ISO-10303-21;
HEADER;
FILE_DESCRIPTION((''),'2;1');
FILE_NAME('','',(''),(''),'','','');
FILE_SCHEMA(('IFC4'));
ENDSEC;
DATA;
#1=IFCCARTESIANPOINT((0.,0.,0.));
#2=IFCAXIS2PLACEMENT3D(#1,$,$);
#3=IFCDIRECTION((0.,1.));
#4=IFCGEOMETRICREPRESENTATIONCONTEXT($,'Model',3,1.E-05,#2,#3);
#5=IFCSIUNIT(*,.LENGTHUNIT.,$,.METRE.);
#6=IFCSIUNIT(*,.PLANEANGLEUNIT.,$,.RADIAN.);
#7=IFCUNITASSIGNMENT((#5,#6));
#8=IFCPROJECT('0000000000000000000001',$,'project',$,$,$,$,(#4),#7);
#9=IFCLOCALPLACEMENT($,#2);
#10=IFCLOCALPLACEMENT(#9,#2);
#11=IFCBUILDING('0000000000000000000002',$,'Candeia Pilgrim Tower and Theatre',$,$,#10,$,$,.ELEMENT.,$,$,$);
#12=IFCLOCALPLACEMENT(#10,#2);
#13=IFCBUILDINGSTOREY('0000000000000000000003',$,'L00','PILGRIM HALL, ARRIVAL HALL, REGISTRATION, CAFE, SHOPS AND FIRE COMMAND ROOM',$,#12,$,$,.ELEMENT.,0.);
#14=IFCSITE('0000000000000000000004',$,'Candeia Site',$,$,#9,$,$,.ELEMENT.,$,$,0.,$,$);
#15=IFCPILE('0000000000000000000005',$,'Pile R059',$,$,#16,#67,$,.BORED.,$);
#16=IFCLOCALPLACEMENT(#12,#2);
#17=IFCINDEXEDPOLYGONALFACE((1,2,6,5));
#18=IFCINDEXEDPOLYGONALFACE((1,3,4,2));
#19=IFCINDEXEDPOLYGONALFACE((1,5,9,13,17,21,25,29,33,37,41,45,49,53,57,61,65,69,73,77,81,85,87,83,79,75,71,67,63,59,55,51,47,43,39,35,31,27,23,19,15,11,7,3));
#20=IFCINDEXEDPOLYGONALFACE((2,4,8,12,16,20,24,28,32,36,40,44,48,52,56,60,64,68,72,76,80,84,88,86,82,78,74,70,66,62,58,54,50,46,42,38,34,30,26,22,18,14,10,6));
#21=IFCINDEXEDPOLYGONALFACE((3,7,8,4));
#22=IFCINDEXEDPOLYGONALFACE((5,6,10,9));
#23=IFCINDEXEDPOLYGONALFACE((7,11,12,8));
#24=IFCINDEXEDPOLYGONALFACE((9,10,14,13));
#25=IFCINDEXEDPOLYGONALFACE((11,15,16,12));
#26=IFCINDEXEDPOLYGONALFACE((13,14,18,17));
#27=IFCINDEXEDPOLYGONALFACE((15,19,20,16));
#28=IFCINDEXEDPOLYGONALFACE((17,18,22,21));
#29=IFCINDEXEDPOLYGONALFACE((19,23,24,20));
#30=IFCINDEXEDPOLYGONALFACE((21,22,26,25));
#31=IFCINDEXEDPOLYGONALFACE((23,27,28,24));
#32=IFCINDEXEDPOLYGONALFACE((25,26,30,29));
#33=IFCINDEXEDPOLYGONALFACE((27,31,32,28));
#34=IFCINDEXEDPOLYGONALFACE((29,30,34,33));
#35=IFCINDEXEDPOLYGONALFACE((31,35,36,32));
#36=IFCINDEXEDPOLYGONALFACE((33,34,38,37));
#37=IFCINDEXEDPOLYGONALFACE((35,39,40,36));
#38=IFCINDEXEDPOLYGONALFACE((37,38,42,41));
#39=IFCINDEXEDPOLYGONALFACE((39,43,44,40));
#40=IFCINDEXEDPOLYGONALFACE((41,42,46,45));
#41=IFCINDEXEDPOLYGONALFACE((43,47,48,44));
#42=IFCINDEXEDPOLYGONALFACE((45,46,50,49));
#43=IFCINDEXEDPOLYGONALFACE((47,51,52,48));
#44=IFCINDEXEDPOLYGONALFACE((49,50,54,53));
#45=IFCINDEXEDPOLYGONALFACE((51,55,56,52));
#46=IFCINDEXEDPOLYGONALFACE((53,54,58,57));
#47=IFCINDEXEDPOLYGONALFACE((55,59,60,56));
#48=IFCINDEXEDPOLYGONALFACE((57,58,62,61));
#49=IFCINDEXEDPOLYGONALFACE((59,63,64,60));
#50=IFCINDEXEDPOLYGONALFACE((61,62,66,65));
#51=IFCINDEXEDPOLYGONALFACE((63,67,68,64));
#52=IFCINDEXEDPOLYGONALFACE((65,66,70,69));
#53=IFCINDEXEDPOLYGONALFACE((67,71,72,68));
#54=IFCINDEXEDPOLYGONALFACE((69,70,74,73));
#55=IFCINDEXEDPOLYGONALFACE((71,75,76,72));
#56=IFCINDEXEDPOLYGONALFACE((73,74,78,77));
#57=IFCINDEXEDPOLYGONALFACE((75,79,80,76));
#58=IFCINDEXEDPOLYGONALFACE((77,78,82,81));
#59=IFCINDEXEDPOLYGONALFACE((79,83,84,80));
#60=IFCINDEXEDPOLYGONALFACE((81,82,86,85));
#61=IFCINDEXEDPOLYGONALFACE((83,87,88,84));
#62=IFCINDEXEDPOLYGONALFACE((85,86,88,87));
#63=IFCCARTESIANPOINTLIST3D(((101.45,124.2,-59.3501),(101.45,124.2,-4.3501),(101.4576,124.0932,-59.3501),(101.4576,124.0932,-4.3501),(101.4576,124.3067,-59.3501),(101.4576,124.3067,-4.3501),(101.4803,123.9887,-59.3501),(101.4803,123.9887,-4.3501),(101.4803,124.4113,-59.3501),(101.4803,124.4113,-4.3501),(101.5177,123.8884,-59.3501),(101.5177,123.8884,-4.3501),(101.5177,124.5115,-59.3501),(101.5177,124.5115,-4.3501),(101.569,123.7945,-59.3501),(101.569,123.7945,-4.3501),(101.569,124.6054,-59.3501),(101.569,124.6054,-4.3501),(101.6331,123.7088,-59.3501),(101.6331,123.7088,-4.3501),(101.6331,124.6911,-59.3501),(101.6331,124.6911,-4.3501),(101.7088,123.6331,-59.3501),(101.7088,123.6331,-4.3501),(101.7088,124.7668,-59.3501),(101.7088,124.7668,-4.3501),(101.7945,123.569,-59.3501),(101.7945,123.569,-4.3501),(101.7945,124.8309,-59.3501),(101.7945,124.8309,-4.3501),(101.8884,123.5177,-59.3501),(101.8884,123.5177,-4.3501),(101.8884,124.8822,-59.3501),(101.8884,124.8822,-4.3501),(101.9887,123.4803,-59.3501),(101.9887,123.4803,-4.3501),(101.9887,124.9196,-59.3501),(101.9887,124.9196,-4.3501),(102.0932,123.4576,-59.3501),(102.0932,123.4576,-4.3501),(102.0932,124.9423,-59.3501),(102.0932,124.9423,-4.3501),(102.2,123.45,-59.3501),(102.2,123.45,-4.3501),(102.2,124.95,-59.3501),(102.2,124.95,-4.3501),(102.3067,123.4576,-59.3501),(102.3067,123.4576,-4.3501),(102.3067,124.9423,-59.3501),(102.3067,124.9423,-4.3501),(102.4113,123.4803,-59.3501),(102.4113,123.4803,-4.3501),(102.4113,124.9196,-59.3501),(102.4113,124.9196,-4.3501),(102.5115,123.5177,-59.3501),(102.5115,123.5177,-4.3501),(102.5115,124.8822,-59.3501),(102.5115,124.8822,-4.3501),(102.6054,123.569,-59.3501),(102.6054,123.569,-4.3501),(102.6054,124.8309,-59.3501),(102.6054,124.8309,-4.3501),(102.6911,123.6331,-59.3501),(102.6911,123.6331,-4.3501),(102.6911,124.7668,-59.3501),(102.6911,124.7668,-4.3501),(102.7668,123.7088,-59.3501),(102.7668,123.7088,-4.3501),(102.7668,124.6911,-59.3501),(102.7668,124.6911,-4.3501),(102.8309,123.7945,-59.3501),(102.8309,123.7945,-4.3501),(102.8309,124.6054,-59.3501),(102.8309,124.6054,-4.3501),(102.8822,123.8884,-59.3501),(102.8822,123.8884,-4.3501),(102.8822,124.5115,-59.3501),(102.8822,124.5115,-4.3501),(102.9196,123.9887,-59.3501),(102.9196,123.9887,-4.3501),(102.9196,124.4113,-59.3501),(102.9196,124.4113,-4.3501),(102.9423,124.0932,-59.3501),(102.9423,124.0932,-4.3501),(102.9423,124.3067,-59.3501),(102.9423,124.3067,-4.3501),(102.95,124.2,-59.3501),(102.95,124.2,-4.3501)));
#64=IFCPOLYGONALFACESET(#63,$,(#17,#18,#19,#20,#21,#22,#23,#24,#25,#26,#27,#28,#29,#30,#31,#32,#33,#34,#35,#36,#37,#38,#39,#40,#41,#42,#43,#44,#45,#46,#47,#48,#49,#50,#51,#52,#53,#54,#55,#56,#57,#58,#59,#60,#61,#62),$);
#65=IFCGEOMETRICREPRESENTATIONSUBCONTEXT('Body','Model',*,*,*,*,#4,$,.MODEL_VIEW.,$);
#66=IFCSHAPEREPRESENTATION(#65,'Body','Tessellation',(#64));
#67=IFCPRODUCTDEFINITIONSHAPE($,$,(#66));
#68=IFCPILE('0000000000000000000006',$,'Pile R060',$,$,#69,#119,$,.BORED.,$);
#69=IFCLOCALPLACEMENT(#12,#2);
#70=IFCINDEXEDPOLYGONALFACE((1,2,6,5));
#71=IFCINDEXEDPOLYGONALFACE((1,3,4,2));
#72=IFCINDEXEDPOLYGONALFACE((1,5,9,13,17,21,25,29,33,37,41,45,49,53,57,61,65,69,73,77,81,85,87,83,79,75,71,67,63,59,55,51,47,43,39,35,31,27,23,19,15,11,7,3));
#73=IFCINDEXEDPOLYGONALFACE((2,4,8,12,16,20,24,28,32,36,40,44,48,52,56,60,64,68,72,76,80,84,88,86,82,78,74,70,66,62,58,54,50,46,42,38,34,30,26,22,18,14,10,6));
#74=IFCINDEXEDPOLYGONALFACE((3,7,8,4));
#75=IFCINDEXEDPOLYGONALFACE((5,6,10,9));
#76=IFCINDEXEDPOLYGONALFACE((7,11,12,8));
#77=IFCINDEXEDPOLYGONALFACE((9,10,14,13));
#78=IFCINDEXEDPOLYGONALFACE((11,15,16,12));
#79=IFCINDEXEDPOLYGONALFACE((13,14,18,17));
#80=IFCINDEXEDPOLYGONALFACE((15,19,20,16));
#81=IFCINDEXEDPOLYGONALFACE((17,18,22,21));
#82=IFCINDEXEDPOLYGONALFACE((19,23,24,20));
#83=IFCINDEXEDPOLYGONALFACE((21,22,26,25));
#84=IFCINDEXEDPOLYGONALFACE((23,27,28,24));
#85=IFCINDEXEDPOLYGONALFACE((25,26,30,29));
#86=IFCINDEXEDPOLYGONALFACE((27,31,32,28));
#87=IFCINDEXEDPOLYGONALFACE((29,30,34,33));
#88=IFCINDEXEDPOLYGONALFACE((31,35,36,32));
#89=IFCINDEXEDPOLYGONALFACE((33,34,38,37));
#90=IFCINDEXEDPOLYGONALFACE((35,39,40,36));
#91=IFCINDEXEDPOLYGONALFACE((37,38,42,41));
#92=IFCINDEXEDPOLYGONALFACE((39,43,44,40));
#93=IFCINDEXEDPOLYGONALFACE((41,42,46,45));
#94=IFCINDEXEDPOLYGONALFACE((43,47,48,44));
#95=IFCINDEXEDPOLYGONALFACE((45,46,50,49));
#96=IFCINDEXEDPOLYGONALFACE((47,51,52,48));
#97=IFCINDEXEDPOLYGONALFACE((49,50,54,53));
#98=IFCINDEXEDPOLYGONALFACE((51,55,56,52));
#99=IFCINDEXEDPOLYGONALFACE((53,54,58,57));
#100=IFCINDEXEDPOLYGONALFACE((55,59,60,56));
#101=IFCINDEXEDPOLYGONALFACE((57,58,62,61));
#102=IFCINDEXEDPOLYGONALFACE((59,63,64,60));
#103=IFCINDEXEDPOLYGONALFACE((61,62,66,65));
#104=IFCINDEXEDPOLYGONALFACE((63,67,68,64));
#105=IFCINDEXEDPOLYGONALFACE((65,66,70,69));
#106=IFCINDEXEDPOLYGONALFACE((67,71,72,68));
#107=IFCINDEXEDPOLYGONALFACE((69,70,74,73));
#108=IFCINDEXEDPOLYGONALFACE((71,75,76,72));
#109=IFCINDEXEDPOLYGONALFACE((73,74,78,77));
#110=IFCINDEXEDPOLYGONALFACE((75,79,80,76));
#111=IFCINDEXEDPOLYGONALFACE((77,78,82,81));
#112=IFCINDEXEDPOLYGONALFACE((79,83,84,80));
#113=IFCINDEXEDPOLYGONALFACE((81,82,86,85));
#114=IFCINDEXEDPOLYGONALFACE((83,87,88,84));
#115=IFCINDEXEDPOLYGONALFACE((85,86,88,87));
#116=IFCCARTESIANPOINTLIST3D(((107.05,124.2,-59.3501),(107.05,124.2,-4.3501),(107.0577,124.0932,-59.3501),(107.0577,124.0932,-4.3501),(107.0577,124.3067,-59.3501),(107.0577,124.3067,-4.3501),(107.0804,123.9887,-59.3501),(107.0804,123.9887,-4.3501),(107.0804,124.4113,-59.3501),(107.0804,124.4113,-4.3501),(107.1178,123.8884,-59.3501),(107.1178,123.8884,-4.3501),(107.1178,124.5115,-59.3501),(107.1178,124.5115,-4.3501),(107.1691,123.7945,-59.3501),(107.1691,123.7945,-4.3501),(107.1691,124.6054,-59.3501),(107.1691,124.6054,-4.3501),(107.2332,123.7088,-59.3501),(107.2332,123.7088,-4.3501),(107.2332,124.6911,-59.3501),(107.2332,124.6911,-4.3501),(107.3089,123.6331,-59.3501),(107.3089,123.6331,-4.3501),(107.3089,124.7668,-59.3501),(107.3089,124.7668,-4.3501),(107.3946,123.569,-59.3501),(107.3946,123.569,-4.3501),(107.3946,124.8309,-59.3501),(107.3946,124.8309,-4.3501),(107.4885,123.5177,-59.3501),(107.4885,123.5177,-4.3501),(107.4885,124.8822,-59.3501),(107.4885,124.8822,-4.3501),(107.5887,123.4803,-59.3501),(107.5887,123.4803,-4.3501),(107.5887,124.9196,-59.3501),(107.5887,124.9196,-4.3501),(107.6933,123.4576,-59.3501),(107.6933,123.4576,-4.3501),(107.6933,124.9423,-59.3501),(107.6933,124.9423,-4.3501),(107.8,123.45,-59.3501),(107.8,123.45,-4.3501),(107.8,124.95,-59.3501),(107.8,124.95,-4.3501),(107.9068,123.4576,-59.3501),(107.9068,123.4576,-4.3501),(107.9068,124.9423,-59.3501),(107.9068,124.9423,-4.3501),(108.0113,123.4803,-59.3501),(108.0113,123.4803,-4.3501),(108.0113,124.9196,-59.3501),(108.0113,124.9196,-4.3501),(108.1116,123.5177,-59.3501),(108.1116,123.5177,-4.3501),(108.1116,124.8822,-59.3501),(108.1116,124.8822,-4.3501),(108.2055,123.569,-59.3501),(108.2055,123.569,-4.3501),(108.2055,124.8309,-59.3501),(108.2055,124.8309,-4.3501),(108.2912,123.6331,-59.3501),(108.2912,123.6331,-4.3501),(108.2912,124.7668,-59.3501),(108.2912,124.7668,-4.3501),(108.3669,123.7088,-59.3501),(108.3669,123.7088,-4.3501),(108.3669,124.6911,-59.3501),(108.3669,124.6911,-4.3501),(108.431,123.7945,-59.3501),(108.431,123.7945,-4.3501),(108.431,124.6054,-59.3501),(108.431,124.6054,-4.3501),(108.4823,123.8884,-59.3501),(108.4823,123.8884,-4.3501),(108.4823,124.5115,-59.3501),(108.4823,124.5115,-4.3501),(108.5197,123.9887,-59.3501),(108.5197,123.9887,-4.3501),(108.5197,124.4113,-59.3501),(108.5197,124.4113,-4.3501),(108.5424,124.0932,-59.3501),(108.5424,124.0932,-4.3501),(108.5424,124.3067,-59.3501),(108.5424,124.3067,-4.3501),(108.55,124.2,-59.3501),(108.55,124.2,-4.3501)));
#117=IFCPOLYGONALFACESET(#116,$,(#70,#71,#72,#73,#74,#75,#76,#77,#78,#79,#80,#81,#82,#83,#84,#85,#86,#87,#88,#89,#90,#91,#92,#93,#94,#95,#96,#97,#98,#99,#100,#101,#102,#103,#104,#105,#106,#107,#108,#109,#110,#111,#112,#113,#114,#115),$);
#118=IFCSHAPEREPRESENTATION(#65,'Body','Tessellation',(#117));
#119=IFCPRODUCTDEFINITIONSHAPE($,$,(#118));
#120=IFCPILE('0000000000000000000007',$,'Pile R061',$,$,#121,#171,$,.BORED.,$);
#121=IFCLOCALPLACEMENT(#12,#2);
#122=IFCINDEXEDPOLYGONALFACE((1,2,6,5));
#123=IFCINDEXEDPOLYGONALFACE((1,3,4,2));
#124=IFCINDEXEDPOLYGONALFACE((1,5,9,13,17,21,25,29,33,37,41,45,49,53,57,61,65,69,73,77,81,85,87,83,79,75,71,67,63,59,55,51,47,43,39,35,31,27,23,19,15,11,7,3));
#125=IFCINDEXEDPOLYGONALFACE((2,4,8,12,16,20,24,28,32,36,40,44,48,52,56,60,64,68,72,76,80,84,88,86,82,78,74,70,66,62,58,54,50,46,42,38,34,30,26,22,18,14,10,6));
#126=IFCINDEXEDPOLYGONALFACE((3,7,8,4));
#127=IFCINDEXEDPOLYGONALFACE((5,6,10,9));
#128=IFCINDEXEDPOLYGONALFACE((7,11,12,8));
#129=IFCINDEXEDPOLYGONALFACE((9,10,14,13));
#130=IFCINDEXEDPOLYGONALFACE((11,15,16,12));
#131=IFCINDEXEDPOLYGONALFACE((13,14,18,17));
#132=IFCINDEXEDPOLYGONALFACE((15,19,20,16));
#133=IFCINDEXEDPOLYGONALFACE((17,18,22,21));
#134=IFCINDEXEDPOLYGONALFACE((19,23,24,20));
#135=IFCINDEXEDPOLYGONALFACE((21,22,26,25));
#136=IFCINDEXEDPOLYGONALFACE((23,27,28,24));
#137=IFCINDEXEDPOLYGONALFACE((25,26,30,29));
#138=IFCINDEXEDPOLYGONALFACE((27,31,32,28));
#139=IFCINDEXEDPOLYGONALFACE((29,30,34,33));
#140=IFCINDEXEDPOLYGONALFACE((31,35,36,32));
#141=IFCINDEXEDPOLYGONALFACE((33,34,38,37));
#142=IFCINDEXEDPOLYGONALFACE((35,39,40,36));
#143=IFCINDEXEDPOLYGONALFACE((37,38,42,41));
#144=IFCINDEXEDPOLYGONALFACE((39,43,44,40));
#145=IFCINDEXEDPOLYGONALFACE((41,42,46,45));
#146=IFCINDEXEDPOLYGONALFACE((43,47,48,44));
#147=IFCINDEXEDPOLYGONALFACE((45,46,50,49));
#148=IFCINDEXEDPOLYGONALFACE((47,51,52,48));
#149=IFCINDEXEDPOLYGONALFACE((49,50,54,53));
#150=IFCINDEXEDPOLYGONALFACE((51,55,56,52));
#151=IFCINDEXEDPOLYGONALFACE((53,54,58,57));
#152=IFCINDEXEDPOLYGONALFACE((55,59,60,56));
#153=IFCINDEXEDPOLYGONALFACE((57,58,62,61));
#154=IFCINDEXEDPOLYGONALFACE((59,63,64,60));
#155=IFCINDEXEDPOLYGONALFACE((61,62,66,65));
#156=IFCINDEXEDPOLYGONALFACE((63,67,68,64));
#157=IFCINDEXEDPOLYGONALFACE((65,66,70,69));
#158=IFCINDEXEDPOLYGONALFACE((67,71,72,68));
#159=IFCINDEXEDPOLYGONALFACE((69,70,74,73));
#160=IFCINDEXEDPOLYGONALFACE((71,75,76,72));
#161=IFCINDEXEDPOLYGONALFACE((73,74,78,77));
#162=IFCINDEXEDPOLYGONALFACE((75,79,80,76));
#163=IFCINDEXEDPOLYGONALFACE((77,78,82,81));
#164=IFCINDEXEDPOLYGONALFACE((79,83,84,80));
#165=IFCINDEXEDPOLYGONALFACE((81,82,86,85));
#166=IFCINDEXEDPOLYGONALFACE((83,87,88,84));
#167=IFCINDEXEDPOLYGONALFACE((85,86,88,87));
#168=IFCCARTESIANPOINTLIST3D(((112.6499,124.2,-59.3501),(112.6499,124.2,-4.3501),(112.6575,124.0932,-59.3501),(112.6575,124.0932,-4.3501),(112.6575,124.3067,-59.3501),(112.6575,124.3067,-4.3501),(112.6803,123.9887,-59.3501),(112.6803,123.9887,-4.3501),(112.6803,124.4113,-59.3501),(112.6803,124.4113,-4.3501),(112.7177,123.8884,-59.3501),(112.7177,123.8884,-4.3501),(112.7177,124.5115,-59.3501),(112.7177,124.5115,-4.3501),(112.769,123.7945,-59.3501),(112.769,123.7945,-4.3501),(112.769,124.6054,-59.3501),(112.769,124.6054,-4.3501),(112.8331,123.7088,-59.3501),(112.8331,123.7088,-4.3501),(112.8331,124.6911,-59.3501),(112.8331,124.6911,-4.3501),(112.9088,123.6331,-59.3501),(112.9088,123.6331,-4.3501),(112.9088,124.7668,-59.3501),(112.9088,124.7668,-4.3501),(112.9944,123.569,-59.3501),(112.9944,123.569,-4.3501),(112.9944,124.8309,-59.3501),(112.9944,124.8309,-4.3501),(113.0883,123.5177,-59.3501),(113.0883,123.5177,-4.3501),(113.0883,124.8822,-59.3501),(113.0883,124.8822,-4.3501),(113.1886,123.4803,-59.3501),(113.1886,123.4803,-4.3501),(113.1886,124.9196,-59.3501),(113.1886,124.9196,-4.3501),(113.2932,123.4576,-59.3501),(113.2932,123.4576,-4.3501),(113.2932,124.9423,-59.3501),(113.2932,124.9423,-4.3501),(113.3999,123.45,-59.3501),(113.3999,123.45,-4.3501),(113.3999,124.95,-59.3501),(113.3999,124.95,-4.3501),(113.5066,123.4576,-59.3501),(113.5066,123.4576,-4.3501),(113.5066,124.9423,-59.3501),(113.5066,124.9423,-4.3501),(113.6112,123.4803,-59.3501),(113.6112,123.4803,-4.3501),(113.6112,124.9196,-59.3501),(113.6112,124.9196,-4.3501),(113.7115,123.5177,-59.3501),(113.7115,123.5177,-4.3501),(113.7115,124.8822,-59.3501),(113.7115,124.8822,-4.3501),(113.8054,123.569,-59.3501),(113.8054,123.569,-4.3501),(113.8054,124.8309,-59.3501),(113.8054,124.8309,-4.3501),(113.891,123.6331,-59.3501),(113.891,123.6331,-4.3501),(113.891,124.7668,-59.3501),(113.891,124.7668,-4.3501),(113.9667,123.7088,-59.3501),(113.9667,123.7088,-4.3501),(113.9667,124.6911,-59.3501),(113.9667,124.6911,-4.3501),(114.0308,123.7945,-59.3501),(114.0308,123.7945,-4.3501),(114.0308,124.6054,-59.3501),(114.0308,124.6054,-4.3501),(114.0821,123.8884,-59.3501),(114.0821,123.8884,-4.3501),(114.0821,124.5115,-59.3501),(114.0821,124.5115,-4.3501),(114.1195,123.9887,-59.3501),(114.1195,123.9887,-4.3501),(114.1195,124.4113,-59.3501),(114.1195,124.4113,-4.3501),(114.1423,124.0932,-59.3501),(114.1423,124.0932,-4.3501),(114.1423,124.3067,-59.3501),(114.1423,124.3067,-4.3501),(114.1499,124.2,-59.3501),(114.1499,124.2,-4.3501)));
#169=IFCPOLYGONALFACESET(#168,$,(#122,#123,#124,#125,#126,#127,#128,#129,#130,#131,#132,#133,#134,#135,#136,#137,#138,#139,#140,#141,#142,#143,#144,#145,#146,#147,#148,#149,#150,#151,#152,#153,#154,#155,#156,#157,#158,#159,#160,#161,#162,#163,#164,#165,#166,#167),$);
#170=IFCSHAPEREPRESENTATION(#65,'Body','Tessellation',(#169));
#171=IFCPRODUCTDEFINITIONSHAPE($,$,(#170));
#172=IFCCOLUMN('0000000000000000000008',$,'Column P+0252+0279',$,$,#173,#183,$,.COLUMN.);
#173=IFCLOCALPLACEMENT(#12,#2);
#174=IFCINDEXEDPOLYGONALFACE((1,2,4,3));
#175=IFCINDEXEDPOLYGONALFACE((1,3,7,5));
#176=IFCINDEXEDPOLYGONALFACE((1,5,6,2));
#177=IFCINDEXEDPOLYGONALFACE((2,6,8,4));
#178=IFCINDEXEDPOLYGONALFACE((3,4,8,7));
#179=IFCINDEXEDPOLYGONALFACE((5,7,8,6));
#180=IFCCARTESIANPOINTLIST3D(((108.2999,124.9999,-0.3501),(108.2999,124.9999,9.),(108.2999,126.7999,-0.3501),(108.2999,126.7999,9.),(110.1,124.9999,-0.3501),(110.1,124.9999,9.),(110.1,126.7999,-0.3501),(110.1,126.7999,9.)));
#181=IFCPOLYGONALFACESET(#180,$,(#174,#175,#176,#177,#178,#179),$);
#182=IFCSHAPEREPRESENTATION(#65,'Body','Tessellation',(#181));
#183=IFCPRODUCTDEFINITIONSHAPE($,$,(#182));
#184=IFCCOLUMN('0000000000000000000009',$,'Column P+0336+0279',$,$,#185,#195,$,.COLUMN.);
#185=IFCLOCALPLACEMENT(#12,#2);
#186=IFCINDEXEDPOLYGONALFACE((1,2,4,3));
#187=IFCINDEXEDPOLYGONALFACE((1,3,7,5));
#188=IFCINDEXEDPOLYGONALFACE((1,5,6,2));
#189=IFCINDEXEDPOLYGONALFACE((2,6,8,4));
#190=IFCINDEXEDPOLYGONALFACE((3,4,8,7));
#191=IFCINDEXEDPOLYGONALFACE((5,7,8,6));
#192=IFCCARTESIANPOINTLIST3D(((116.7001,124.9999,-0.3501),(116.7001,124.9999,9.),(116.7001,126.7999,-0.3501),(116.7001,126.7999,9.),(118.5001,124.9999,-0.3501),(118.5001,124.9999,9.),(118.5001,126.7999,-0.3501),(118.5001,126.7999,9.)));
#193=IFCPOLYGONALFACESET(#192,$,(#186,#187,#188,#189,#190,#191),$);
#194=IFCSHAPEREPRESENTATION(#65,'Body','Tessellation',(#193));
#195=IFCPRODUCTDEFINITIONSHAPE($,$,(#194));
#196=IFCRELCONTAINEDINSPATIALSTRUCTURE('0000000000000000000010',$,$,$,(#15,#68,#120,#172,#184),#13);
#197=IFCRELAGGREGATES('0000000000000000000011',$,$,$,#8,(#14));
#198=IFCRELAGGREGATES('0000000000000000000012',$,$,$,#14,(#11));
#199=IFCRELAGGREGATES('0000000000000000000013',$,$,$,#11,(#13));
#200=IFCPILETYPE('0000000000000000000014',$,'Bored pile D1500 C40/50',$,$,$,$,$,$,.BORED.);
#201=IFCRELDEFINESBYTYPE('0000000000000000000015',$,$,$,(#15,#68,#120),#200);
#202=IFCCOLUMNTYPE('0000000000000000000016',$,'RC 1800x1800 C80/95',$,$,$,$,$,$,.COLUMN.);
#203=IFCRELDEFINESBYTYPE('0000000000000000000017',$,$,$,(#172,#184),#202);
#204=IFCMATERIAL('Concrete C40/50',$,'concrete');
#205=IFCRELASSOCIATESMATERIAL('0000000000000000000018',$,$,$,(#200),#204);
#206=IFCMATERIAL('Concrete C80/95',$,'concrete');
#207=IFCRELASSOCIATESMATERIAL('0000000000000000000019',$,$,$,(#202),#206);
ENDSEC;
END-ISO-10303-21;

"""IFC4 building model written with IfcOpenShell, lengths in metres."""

from ifc_helpers import new_model, si_unit, direction, frame, origin, origin_2d, place, context, subcontext, project, spatial, rectangle, circle, extrude, material, material_profile, profile_set, type_object, element, save


model = new_model("IFC4")

# Units and contexts
model_context = context("Model", 3, precision=1e-05, world=origin(), true_north=direction((0.0, 1.0)))
body_context = subcontext(model_context, "Body", "Model", "MODEL_VIEW")
ifc_project = project(units=[si_unit("LENGTHUNIT", "METRE"), si_unit("PLANEANGLEUNIT", "RADIAN")], contexts=[model_context])

# Site, building, storey
site_placement = place(None, origin())
site = spatial("IfcSite", under=ifc_project, at=site_placement, Name="Candeia Site", CompositionType="ELEMENT", RefElevation=0.0)
building_placement = place(site_placement, origin())
building = spatial("IfcBuilding", under=site, at=building_placement, Name="Candeia Pilgrim Tower and Theatre", CompositionType="ELEMENT")
storey_placement = place(building_placement, origin())
storey = spatial("IfcBuildingStorey", under=building, at=storey_placement, Name="L00", Description="PILGRIM HALL, ARRIVAL HALL, REGISTRATION, CAFE, SHOPS AND FIRE COMMAND ROOM", CompositionType="ELEMENT", Elevation=0.0)

# Piles
ifc_material_1 = material(Name="Concrete C40/50", Category="concrete")
ifc_material_profile_1 = material_profile(ifc_material_1, circle(Radius=0.75, at=origin_2d()))
ifc_profile_set_1 = profile_set([ifc_material_profile_1], Name="Concrete C40/50")
pile_type = type_object("IfcPileType", Name="Bored pile D1500 C40/50", PredefinedType="BORED", material=ifc_profile_set_1)
for number, where, z_axis, x_axis, name in (
    (1, (102.2, 124.2, -4.3501), (0.0, 0.0, -1.0), (1.0, 0.0, 0.0), "Pile R059"),
    (2, (107.8, 124.2, -4.3501), (0.0, 0.0, -1.0), (1.0, 0.0, 0.0), "Pile R060"),
    (3, (113.3999, 124.2, -4.3501), (0.0, 0.0, -1.0), (1.0, 0.0, 0.0), "Pile R061"),
):
    element("IfcPile", number, at=place(storey_placement, frame(where, z_axis=z_axis, x_axis=x_axis)), inside=storey, type_object=pile_type, Name=name, PredefinedType="BORED", context=body_context, shape_type="SweptSolid", body=[
        extrude(circle(Radius=0.75, at=origin_2d()), origin(), (0.0, 0.0, 1.0), 55.0),
    ])

# Columns
ifc_material_2 = material(Name="Concrete C80/95", Category="concrete")
ifc_material_profile_2 = material_profile(ifc_material_2, rectangle(XDim=1.8, YDim=1.8, at=origin_2d()))
ifc_profile_set_2 = profile_set([ifc_material_profile_2], Name="Concrete C80/95")
column_type = type_object("IfcColumnType", Name="RC 1800x1800 C80/95", PredefinedType="COLUMN", material=ifc_profile_set_2)
for number, where, z_axis, x_axis, name in (
    (4, (109.2, 125.8999, -0.3501), (0.0, 0.0, 1.0), (1.0, 0.0, 0.0), "Column P+0252+0279"),
    (5, (117.6001, 125.8999, -0.3501), (0.0, 0.0, 1.0), (1.0, 0.0, 0.0), "Column P+0336+0279"),
):
    element("IfcColumn", number, at=place(storey_placement, frame(where, z_axis=z_axis, x_axis=x_axis)), inside=storey, type_object=column_type, Name=name, PredefinedType="COLUMN", context=body_context, shape_type="SweptSolid", body=[
        extrude(rectangle(XDim=1.8, YDim=1.8, at=origin_2d()), origin(), (0.0, 0.0, 1.0), 9.3501),
    ])

save(model, "model.ifc")
